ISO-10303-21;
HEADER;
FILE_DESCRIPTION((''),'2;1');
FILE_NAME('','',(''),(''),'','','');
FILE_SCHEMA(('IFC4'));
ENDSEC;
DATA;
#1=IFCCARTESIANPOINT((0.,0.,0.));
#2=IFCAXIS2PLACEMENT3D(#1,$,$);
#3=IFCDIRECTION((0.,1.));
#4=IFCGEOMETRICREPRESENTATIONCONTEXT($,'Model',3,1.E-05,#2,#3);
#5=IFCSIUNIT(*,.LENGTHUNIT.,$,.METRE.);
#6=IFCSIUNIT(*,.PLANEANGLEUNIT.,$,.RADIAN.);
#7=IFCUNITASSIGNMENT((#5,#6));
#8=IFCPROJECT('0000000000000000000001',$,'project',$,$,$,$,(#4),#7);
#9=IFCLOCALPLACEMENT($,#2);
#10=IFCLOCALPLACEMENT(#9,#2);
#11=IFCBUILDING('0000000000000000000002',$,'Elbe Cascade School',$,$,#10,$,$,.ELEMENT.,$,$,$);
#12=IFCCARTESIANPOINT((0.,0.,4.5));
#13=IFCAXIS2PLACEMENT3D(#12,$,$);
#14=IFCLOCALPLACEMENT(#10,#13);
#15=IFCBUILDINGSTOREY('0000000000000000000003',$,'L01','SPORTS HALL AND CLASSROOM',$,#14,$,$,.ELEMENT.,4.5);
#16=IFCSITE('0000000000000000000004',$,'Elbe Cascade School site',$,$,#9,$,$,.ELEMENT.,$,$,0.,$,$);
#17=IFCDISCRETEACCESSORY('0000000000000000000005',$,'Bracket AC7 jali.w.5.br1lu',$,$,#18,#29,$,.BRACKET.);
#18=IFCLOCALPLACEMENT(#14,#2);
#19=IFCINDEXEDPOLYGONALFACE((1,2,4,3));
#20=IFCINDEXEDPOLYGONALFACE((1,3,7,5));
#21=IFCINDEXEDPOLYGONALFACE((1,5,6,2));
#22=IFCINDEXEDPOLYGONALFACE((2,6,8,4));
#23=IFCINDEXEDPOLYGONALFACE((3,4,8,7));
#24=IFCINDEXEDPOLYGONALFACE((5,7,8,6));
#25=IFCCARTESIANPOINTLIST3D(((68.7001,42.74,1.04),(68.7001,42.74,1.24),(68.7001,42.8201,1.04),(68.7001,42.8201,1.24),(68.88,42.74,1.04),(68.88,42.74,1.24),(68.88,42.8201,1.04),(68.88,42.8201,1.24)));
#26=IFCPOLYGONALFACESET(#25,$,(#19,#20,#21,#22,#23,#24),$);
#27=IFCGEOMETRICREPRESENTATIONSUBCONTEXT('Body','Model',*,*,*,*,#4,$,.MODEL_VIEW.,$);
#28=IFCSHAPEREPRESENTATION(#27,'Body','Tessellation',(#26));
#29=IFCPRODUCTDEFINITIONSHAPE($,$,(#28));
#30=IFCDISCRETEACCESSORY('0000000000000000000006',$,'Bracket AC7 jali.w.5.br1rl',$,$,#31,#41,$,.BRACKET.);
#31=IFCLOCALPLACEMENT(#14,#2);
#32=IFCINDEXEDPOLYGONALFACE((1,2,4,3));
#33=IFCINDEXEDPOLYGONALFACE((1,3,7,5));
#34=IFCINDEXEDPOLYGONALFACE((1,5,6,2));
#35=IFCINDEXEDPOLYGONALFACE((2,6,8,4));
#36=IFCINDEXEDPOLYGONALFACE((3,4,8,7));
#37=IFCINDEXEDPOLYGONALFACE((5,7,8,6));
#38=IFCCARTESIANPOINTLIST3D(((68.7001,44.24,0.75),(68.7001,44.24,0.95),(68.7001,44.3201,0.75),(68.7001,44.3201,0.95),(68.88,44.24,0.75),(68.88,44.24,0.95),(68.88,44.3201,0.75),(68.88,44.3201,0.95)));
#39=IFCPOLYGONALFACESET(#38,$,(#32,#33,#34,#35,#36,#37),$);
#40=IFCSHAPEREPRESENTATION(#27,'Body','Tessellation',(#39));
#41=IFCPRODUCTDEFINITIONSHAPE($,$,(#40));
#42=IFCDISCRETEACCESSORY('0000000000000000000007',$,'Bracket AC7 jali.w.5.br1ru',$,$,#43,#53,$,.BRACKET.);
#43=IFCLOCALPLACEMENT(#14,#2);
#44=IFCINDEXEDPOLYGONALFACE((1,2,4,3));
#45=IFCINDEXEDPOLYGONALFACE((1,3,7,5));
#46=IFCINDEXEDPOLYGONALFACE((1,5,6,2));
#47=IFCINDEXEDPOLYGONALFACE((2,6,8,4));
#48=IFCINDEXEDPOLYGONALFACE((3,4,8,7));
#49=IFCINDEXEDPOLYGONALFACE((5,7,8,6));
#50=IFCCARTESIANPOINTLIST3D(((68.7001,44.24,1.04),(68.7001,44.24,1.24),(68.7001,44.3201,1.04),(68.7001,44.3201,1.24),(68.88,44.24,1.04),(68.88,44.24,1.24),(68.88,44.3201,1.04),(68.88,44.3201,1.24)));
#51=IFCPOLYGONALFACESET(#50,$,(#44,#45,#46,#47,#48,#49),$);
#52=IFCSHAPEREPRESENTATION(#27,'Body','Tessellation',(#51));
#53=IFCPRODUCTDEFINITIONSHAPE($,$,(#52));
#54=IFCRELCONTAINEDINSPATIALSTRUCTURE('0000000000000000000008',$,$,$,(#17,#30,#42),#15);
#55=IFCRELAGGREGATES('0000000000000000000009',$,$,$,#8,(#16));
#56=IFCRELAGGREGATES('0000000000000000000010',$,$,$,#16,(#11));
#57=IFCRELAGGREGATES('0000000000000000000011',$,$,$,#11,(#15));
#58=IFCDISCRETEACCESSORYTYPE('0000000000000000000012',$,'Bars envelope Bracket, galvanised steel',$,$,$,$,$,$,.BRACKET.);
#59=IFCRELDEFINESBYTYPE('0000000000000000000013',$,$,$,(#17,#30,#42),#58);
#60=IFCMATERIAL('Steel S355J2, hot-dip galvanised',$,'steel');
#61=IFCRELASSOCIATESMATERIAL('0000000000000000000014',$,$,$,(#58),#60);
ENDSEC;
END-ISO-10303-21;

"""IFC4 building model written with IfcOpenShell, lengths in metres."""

from ifc_helpers import new_model, si_unit, direction, frame, origin, origin_2d, place, context, subcontext, project, spatial, rectangle, extrude, material, type_object, element, save


model = new_model("IFC4")

# Units and contexts
model_context = context("Model", 3, precision=1e-05, world=origin(), true_north=direction((0.0, 1.0)))
body_context = subcontext(model_context, "Body", "Model", "MODEL_VIEW")
ifc_project = project(units=[si_unit("LENGTHUNIT", "METRE"), si_unit("PLANEANGLEUNIT", "RADIAN")], contexts=[model_context])

# Site, building, storey
site_placement = place(None, origin())
site = spatial("IfcSite", under=ifc_project, at=site_placement, Name="Elbe Cascade School site", CompositionType="ELEMENT", RefElevation=0.0)
building_placement = place(site_placement, origin())
building = spatial("IfcBuilding", under=site, at=building_placement, Name="Elbe Cascade School", CompositionType="ELEMENT")
storey_placement = place(building_placement, frame((0.0, 0.0, 4.5)))
storey = spatial("IfcBuildingStorey", under=building, at=storey_placement, Name="L01", Description="SPORTS HALL AND CLASSROOM", CompositionType="ELEMENT", Elevation=4.5)

# Discrete accessories
ifc_material_1 = material(Name="Steel S355J2, hot-dip galvanised", Category="steel")
discrete_accessory_type = type_object("IfcDiscreteAccessoryType", Name="Bars envelope Bracket, galvanised steel", PredefinedType="BRACKET", material=ifc_material_1)
for number, where, z_axis, x_axis, name in (
    (1, (68.79, 42.78, 1.04), (0.0, 0.0, 1.0), (0.0, 1.0, 0.0), "Bracket AC7 jali.w.5.br1lu"),
    (2, (68.79, 44.28, 0.75), (0.0, 0.0, 1.0), (0.0, 1.0, 0.0), "Bracket AC7 jali.w.5.br1rl"),
    (3, (68.79, 44.28, 1.04), (0.0, 0.0, 1.0), (0.0, 1.0, 0.0), "Bracket AC7 jali.w.5.br1ru"),
):
    element("IfcDiscreteAccessory", number, at=place(storey_placement, frame(where, z_axis=z_axis, x_axis=x_axis)), inside=storey, type_object=discrete_accessory_type, Name=name, PredefinedType="BRACKET", context=body_context, shape_type="SweptSolid", body=[
        extrude(rectangle(XDim=0.0801, YDim=0.1799, at=origin_2d()), origin(), (0.0, 0.0, 1.0), 0.2),
    ])

save(model, "model.ifc")
